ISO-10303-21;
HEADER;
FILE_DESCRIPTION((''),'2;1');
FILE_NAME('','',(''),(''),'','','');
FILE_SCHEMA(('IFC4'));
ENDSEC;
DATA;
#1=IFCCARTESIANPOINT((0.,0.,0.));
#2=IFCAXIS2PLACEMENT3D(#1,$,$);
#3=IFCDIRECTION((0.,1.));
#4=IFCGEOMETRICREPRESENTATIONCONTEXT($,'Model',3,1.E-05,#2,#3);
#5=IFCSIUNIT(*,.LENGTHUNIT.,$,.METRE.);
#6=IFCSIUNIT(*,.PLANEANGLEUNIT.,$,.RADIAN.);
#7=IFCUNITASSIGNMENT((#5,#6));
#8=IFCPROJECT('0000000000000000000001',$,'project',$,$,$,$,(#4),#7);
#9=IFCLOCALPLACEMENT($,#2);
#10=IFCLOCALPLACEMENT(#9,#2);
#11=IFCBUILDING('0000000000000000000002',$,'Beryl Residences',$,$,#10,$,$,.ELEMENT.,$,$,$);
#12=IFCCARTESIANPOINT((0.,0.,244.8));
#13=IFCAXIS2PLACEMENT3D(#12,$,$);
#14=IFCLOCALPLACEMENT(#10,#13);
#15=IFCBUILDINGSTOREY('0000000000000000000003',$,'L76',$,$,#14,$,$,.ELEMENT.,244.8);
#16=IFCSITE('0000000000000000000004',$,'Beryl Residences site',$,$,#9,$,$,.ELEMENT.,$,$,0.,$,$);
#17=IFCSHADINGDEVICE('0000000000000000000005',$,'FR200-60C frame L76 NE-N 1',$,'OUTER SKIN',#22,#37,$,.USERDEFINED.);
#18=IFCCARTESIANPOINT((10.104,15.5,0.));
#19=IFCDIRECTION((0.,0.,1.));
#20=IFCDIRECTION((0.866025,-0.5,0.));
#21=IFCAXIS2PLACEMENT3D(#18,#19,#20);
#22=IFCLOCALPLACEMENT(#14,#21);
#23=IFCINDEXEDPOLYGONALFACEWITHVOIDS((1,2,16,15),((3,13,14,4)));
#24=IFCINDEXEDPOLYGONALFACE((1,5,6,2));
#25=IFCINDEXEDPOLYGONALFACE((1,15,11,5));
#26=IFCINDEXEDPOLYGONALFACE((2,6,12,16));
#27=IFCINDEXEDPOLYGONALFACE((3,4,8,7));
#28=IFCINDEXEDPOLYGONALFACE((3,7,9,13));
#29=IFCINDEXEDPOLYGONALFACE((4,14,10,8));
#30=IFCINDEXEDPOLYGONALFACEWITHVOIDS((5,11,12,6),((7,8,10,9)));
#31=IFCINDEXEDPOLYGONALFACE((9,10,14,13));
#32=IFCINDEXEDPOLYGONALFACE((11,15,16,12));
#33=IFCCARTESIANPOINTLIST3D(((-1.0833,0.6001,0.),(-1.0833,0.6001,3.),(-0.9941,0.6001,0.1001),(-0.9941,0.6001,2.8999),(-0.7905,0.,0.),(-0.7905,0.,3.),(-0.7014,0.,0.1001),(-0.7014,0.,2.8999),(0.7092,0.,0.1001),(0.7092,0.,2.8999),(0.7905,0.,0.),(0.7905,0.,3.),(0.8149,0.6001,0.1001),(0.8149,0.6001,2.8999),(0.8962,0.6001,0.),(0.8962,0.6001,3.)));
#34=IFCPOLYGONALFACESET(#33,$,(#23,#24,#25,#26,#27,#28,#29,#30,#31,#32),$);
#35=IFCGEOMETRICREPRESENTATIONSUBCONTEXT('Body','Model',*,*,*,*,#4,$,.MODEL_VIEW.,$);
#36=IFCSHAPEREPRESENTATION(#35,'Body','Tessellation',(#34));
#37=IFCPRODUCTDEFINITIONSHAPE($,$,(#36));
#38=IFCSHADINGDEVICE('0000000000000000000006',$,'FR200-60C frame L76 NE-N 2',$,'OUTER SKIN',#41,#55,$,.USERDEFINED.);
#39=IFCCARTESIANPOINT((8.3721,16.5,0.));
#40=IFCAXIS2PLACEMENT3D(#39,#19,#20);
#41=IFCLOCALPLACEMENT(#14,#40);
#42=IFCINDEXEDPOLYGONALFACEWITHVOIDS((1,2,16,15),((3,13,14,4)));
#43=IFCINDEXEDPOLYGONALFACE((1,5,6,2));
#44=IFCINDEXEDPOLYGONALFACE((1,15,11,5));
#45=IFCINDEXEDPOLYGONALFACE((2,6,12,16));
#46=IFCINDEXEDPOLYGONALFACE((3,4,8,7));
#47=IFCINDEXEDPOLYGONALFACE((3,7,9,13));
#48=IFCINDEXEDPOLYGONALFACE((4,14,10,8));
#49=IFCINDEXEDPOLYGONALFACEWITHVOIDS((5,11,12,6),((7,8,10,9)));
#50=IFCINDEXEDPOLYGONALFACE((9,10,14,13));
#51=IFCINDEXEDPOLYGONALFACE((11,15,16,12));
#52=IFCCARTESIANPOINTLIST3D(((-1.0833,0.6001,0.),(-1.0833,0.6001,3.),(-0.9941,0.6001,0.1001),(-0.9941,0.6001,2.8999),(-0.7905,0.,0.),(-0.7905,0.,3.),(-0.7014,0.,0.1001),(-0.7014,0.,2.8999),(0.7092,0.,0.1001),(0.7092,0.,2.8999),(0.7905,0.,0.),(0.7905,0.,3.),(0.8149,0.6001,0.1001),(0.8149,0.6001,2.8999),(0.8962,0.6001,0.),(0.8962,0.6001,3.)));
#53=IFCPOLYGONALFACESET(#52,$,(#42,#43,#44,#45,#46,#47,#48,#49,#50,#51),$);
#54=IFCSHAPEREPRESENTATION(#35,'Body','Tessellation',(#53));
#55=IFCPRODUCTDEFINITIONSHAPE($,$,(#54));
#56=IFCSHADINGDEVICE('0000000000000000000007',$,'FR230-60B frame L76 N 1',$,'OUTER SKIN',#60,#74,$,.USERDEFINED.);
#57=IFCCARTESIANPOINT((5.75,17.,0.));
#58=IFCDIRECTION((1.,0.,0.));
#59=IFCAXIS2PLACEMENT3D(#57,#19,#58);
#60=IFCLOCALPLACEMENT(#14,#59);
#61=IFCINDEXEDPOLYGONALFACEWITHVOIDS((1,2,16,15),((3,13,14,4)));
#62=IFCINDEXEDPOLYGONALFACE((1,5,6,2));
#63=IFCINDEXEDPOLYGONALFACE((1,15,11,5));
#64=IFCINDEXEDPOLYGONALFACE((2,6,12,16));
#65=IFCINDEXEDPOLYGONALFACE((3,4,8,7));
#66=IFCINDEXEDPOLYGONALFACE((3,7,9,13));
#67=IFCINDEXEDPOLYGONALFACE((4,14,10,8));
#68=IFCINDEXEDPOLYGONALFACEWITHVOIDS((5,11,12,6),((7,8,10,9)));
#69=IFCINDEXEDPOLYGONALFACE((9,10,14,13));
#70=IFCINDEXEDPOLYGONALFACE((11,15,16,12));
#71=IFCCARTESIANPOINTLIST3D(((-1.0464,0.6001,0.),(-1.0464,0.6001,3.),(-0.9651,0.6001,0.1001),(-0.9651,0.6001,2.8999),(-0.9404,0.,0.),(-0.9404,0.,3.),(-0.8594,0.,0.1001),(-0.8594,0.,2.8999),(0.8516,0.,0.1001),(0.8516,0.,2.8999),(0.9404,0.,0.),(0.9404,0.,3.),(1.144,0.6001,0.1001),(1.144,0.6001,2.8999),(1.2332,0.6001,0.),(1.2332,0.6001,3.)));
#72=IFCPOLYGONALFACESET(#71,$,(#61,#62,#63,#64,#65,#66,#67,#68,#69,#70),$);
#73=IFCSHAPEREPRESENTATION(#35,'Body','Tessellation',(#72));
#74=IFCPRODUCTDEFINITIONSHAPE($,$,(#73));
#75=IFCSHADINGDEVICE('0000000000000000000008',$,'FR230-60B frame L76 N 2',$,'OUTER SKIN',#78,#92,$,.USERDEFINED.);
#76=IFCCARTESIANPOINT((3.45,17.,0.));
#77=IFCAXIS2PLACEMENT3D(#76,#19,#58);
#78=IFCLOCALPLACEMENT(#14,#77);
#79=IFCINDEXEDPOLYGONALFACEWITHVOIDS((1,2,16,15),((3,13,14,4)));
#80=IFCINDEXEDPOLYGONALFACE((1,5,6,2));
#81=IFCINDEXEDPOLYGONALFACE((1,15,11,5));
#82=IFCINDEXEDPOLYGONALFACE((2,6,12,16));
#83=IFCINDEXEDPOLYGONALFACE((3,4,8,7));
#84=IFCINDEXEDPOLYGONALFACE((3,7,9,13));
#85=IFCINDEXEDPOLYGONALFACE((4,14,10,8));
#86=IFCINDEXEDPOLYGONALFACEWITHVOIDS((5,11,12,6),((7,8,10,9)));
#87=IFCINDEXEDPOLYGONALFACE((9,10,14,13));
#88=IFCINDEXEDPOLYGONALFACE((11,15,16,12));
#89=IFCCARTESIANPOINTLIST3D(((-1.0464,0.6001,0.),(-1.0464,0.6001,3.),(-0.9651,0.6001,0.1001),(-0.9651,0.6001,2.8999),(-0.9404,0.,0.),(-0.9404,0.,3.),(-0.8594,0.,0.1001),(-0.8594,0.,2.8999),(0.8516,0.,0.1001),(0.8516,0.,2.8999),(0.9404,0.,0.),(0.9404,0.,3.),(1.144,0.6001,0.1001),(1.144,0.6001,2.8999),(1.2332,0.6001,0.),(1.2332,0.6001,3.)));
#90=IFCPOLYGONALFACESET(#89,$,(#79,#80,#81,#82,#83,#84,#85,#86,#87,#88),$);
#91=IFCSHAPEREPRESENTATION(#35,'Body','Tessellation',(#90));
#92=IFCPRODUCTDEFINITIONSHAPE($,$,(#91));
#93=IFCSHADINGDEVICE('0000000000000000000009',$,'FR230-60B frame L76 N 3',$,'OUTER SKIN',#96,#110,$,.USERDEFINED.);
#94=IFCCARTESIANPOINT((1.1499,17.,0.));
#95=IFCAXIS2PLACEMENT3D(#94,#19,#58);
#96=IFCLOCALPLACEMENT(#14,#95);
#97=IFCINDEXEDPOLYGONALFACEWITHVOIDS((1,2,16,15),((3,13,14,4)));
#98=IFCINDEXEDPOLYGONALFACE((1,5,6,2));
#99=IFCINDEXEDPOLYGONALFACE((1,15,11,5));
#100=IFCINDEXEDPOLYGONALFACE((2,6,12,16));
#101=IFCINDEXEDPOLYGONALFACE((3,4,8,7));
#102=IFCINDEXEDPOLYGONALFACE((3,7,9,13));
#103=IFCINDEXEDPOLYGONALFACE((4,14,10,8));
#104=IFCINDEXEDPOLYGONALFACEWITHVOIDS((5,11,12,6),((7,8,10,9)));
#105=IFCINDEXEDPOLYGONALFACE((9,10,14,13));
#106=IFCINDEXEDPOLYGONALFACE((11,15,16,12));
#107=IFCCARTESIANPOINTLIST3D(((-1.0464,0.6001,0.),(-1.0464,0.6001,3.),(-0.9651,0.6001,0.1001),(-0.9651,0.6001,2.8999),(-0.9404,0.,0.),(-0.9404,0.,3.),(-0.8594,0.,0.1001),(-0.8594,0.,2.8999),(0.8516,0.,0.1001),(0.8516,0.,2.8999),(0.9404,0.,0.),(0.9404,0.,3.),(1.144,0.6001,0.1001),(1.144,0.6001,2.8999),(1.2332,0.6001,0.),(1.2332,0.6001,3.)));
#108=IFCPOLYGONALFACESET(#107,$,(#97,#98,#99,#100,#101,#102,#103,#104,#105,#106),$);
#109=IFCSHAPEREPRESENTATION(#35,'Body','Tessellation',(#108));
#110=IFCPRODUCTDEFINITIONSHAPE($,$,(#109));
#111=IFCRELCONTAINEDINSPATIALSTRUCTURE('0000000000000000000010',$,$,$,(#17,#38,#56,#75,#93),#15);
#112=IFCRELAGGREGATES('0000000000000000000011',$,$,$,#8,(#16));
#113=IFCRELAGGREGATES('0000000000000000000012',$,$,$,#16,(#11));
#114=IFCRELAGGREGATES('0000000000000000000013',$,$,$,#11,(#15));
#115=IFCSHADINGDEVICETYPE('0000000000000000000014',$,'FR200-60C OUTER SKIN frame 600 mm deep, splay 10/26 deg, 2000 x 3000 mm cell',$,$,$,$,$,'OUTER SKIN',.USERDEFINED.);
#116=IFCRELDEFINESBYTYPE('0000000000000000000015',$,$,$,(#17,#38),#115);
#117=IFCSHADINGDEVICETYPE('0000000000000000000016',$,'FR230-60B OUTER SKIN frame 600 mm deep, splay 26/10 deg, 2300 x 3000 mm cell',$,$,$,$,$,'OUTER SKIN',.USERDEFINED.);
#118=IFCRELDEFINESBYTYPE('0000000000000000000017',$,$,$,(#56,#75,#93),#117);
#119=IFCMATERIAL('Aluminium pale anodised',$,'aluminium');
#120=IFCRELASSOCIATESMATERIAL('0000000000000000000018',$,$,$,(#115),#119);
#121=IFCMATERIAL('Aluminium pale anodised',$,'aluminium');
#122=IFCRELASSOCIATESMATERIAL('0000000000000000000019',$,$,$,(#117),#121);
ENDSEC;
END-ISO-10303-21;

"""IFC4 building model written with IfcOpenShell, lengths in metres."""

from ifc_helpers import new_model, entity, si_unit, direction, frame, origin, place, context, subcontext, project, spatial, source, transform, mapped, material, type_object, type_shapes, element, save


model = new_model("IFC4")

# Units and contexts
model_context = context("Model", 3, precision=1e-05, world=origin(), true_north=direction((0.0, 1.0)))
body_context = subcontext(model_context, "Body", "Model", "MODEL_VIEW")
ifc_project = project(units=[si_unit("LENGTHUNIT", "METRE"), si_unit("PLANEANGLEUNIT", "RADIAN")], contexts=[model_context])

# Site, building, storey
site_placement = place(None, origin())
site = spatial("IfcSite", under=ifc_project, at=site_placement, Name="Beryl Residences site", CompositionType="ELEMENT", RefElevation=0.0)
building_placement = place(site_placement, origin())
building = spatial("IfcBuilding", under=site, at=building_placement, Name="Beryl Residences", CompositionType="ELEMENT")
storey_placement = place(building_placement, frame((0.0, 0.0, 244.8)))
storey = spatial("IfcBuildingStorey", under=building, at=storey_placement, Name="L76", CompositionType="ELEMENT", Elevation=244.8)

# Shading devices
ifc_material_1 = material(Name="Aluminium pale anodised", Category="aluminium")
shading_device_type_1 = type_object("IfcShadingDeviceType", Name="FR200-60C OUTER SKIN frame 600 mm deep, splay 10/26 deg, 2000 x 3000 mm cell", ElementType="OUTER SKIN", PredefinedType="USERDEFINED", material=ifc_material_1)
cartesian_point_1 = entity("IfcCartesianPoint", [-0.7905, 0.0])
cartesian_point_2 = entity("IfcCartesianPoint", [-0.7092, 0.1001])
cartesian_point_3 = entity("IfcCartesianPoint", [-0.8962, 0.0])
cartesian_point_4 = entity("IfcCartesianPoint", [-0.8149, 0.1001])
shared_shape_1 = source(origin(), body_context, "Body", "SweptSolid", [
    entity("IfcExtrudedAreaSolidTapered", entity("IfcArbitraryProfileDefWithVoids", "AREA", None, entity("IfcPolyline", [cartesian_point_1, entity("IfcCartesianPoint", [0.7905, 0.0]), entity("IfcCartesianPoint", [0.7905, 3.0]), entity("IfcCartesianPoint", [-0.7905, 3.0]), cartesian_point_1]), [entity("IfcPolyline", [cartesian_point_2, entity("IfcCartesianPoint", [0.7014, 0.1001]), entity("IfcCartesianPoint", [0.7014, 2.8999]), entity("IfcCartesianPoint", [-0.7092, 2.8999]), cartesian_point_2])]), entity("IfcAxis2Placement3D", entity("IfcCartesianPoint", [0.0, 0.0, 0.0]), entity("IfcDirection", [0.0, 1.0, 0.0]), entity("IfcDirection", [-1.0, 0.0, 0.0])), entity("IfcDirection", [0.0, 0.0, 1.0]), 0.6001, entity("IfcArbitraryProfileDefWithVoids", "AREA", None, entity("IfcPolyline", [cartesian_point_3, entity("IfcCartesianPoint", [1.0833, 0.0]), entity("IfcCartesianPoint", [1.0833, 3.0]), entity("IfcCartesianPoint", [-0.8962, 3.0]), cartesian_point_3]), [entity("IfcPolyline", [cartesian_point_4, entity("IfcCartesianPoint", [0.9941, 0.1001]), entity("IfcCartesianPoint", [0.9941, 2.8999]), entity("IfcCartesianPoint", [-0.8149, 2.8999]), cartesian_point_4])])),
])
type_shapes(shading_device_type_1, [shared_shape_1])
for number, where, z_axis, x_axis, name in (
    (1, (10.104, 15.5, 0.0), (0.0, 0.0, 1.0), (0.866025, -0.5, 0.0), "FR200-60C frame L76 NE-N 1"),
    (2, (8.3721, 16.5, 0.0), (0.0, 0.0, 1.0), (0.866025, -0.5, 0.0), "FR200-60C frame L76 NE-N 2"),
):
    element("IfcShadingDevice", number, at=place(storey_placement, frame(where, z_axis=z_axis, x_axis=x_axis)), inside=storey, type_object=shading_device_type_1, Name=name, ObjectType="OUTER SKIN", PredefinedType="USERDEFINED", context=body_context, shape_type="MappedRepresentation", body=[
        mapped(shared_shape_1, transform((0.0, 0.0, 0.0))),
    ])
ifc_material_2 = material(Name="Aluminium pale anodised", Category="aluminium")
shading_device_type_2 = type_object("IfcShadingDeviceType", Name="FR230-60B OUTER SKIN frame 600 mm deep, splay 26/10 deg, 2300 x 3000 mm cell", ElementType="OUTER SKIN", PredefinedType="USERDEFINED", material=ifc_material_2)
cartesian_point_5 = entity("IfcCartesianPoint", [-0.9404, 0.0])
cartesian_point_6 = entity("IfcCartesianPoint", [-0.8516, 0.1001])
cartesian_point_7 = entity("IfcCartesianPoint", [-1.2332, 0.0])
cartesian_point_8 = entity("IfcCartesianPoint", [-1.144, 0.1001])
shared_shape_2 = source(origin(), body_context, "Body", "SweptSolid", [
    entity("IfcExtrudedAreaSolidTapered", entity("IfcArbitraryProfileDefWithVoids", "AREA", None, entity("IfcPolyline", [cartesian_point_5, entity("IfcCartesianPoint", [0.9404, 0.0]), entity("IfcCartesianPoint", [0.9404, 3.0]), entity("IfcCartesianPoint", [-0.9404, 3.0]), cartesian_point_5]), [entity("IfcPolyline", [cartesian_point_6, entity("IfcCartesianPoint", [0.8594, 0.1001]), entity("IfcCartesianPoint", [0.8594, 2.8999]), entity("IfcCartesianPoint", [-0.8516, 2.8999]), cartesian_point_6])]), entity("IfcAxis2Placement3D", entity("IfcCartesianPoint", [0.0, 0.0, 0.0]), entity("IfcDirection", [0.0, 1.0, 0.0]), entity("IfcDirection", [-1.0, 0.0, 0.0])), entity("IfcDirection", [0.0, 0.0, 1.0]), 0.6001, entity("IfcArbitraryProfileDefWithVoids", "AREA", None, entity("IfcPolyline", [cartesian_point_7, entity("IfcCartesianPoint", [1.0464, 0.0]), entity("IfcCartesianPoint", [1.0464, 3.0]), entity("IfcCartesianPoint", [-1.2332, 3.0]), cartesian_point_7]), [entity("IfcPolyline", [cartesian_point_8, entity("IfcCartesianPoint", [0.9651, 0.1001]), entity("IfcCartesianPoint", [0.9651, 2.8999]), entity("IfcCartesianPoint", [-1.144, 2.8999]), cartesian_point_8])])),
])
type_shapes(shading_device_type_2, [shared_shape_2])
for number, where, z_axis, x_axis, name in (
    (3, (5.75, 17.0, 0.0), (0.0, 0.0, 1.0), (1.0, 0.0, 0.0), "FR230-60B frame L76 N 1"),
    (4, (3.45, 17.0, 0.0), (0.0, 0.0, 1.0), (1.0, 0.0, 0.0), "FR230-60B frame L76 N 2"),
    (5, (1.1499, 17.0, 0.0), (0.0, 0.0, 1.0), (1.0, 0.0, 0.0), "FR230-60B frame L76 N 3"),
):
    element("IfcShadingDevice", number, at=place(storey_placement, frame(where, z_axis=z_axis, x_axis=x_axis)), inside=storey, type_object=shading_device_type_2, Name=name, ObjectType="OUTER SKIN", PredefinedType="USERDEFINED", context=body_context, shape_type="MappedRepresentation", body=[
        mapped(shared_shape_2, transform((0.0, 0.0, 0.0))),
    ])

save(model, "model.ifc")
